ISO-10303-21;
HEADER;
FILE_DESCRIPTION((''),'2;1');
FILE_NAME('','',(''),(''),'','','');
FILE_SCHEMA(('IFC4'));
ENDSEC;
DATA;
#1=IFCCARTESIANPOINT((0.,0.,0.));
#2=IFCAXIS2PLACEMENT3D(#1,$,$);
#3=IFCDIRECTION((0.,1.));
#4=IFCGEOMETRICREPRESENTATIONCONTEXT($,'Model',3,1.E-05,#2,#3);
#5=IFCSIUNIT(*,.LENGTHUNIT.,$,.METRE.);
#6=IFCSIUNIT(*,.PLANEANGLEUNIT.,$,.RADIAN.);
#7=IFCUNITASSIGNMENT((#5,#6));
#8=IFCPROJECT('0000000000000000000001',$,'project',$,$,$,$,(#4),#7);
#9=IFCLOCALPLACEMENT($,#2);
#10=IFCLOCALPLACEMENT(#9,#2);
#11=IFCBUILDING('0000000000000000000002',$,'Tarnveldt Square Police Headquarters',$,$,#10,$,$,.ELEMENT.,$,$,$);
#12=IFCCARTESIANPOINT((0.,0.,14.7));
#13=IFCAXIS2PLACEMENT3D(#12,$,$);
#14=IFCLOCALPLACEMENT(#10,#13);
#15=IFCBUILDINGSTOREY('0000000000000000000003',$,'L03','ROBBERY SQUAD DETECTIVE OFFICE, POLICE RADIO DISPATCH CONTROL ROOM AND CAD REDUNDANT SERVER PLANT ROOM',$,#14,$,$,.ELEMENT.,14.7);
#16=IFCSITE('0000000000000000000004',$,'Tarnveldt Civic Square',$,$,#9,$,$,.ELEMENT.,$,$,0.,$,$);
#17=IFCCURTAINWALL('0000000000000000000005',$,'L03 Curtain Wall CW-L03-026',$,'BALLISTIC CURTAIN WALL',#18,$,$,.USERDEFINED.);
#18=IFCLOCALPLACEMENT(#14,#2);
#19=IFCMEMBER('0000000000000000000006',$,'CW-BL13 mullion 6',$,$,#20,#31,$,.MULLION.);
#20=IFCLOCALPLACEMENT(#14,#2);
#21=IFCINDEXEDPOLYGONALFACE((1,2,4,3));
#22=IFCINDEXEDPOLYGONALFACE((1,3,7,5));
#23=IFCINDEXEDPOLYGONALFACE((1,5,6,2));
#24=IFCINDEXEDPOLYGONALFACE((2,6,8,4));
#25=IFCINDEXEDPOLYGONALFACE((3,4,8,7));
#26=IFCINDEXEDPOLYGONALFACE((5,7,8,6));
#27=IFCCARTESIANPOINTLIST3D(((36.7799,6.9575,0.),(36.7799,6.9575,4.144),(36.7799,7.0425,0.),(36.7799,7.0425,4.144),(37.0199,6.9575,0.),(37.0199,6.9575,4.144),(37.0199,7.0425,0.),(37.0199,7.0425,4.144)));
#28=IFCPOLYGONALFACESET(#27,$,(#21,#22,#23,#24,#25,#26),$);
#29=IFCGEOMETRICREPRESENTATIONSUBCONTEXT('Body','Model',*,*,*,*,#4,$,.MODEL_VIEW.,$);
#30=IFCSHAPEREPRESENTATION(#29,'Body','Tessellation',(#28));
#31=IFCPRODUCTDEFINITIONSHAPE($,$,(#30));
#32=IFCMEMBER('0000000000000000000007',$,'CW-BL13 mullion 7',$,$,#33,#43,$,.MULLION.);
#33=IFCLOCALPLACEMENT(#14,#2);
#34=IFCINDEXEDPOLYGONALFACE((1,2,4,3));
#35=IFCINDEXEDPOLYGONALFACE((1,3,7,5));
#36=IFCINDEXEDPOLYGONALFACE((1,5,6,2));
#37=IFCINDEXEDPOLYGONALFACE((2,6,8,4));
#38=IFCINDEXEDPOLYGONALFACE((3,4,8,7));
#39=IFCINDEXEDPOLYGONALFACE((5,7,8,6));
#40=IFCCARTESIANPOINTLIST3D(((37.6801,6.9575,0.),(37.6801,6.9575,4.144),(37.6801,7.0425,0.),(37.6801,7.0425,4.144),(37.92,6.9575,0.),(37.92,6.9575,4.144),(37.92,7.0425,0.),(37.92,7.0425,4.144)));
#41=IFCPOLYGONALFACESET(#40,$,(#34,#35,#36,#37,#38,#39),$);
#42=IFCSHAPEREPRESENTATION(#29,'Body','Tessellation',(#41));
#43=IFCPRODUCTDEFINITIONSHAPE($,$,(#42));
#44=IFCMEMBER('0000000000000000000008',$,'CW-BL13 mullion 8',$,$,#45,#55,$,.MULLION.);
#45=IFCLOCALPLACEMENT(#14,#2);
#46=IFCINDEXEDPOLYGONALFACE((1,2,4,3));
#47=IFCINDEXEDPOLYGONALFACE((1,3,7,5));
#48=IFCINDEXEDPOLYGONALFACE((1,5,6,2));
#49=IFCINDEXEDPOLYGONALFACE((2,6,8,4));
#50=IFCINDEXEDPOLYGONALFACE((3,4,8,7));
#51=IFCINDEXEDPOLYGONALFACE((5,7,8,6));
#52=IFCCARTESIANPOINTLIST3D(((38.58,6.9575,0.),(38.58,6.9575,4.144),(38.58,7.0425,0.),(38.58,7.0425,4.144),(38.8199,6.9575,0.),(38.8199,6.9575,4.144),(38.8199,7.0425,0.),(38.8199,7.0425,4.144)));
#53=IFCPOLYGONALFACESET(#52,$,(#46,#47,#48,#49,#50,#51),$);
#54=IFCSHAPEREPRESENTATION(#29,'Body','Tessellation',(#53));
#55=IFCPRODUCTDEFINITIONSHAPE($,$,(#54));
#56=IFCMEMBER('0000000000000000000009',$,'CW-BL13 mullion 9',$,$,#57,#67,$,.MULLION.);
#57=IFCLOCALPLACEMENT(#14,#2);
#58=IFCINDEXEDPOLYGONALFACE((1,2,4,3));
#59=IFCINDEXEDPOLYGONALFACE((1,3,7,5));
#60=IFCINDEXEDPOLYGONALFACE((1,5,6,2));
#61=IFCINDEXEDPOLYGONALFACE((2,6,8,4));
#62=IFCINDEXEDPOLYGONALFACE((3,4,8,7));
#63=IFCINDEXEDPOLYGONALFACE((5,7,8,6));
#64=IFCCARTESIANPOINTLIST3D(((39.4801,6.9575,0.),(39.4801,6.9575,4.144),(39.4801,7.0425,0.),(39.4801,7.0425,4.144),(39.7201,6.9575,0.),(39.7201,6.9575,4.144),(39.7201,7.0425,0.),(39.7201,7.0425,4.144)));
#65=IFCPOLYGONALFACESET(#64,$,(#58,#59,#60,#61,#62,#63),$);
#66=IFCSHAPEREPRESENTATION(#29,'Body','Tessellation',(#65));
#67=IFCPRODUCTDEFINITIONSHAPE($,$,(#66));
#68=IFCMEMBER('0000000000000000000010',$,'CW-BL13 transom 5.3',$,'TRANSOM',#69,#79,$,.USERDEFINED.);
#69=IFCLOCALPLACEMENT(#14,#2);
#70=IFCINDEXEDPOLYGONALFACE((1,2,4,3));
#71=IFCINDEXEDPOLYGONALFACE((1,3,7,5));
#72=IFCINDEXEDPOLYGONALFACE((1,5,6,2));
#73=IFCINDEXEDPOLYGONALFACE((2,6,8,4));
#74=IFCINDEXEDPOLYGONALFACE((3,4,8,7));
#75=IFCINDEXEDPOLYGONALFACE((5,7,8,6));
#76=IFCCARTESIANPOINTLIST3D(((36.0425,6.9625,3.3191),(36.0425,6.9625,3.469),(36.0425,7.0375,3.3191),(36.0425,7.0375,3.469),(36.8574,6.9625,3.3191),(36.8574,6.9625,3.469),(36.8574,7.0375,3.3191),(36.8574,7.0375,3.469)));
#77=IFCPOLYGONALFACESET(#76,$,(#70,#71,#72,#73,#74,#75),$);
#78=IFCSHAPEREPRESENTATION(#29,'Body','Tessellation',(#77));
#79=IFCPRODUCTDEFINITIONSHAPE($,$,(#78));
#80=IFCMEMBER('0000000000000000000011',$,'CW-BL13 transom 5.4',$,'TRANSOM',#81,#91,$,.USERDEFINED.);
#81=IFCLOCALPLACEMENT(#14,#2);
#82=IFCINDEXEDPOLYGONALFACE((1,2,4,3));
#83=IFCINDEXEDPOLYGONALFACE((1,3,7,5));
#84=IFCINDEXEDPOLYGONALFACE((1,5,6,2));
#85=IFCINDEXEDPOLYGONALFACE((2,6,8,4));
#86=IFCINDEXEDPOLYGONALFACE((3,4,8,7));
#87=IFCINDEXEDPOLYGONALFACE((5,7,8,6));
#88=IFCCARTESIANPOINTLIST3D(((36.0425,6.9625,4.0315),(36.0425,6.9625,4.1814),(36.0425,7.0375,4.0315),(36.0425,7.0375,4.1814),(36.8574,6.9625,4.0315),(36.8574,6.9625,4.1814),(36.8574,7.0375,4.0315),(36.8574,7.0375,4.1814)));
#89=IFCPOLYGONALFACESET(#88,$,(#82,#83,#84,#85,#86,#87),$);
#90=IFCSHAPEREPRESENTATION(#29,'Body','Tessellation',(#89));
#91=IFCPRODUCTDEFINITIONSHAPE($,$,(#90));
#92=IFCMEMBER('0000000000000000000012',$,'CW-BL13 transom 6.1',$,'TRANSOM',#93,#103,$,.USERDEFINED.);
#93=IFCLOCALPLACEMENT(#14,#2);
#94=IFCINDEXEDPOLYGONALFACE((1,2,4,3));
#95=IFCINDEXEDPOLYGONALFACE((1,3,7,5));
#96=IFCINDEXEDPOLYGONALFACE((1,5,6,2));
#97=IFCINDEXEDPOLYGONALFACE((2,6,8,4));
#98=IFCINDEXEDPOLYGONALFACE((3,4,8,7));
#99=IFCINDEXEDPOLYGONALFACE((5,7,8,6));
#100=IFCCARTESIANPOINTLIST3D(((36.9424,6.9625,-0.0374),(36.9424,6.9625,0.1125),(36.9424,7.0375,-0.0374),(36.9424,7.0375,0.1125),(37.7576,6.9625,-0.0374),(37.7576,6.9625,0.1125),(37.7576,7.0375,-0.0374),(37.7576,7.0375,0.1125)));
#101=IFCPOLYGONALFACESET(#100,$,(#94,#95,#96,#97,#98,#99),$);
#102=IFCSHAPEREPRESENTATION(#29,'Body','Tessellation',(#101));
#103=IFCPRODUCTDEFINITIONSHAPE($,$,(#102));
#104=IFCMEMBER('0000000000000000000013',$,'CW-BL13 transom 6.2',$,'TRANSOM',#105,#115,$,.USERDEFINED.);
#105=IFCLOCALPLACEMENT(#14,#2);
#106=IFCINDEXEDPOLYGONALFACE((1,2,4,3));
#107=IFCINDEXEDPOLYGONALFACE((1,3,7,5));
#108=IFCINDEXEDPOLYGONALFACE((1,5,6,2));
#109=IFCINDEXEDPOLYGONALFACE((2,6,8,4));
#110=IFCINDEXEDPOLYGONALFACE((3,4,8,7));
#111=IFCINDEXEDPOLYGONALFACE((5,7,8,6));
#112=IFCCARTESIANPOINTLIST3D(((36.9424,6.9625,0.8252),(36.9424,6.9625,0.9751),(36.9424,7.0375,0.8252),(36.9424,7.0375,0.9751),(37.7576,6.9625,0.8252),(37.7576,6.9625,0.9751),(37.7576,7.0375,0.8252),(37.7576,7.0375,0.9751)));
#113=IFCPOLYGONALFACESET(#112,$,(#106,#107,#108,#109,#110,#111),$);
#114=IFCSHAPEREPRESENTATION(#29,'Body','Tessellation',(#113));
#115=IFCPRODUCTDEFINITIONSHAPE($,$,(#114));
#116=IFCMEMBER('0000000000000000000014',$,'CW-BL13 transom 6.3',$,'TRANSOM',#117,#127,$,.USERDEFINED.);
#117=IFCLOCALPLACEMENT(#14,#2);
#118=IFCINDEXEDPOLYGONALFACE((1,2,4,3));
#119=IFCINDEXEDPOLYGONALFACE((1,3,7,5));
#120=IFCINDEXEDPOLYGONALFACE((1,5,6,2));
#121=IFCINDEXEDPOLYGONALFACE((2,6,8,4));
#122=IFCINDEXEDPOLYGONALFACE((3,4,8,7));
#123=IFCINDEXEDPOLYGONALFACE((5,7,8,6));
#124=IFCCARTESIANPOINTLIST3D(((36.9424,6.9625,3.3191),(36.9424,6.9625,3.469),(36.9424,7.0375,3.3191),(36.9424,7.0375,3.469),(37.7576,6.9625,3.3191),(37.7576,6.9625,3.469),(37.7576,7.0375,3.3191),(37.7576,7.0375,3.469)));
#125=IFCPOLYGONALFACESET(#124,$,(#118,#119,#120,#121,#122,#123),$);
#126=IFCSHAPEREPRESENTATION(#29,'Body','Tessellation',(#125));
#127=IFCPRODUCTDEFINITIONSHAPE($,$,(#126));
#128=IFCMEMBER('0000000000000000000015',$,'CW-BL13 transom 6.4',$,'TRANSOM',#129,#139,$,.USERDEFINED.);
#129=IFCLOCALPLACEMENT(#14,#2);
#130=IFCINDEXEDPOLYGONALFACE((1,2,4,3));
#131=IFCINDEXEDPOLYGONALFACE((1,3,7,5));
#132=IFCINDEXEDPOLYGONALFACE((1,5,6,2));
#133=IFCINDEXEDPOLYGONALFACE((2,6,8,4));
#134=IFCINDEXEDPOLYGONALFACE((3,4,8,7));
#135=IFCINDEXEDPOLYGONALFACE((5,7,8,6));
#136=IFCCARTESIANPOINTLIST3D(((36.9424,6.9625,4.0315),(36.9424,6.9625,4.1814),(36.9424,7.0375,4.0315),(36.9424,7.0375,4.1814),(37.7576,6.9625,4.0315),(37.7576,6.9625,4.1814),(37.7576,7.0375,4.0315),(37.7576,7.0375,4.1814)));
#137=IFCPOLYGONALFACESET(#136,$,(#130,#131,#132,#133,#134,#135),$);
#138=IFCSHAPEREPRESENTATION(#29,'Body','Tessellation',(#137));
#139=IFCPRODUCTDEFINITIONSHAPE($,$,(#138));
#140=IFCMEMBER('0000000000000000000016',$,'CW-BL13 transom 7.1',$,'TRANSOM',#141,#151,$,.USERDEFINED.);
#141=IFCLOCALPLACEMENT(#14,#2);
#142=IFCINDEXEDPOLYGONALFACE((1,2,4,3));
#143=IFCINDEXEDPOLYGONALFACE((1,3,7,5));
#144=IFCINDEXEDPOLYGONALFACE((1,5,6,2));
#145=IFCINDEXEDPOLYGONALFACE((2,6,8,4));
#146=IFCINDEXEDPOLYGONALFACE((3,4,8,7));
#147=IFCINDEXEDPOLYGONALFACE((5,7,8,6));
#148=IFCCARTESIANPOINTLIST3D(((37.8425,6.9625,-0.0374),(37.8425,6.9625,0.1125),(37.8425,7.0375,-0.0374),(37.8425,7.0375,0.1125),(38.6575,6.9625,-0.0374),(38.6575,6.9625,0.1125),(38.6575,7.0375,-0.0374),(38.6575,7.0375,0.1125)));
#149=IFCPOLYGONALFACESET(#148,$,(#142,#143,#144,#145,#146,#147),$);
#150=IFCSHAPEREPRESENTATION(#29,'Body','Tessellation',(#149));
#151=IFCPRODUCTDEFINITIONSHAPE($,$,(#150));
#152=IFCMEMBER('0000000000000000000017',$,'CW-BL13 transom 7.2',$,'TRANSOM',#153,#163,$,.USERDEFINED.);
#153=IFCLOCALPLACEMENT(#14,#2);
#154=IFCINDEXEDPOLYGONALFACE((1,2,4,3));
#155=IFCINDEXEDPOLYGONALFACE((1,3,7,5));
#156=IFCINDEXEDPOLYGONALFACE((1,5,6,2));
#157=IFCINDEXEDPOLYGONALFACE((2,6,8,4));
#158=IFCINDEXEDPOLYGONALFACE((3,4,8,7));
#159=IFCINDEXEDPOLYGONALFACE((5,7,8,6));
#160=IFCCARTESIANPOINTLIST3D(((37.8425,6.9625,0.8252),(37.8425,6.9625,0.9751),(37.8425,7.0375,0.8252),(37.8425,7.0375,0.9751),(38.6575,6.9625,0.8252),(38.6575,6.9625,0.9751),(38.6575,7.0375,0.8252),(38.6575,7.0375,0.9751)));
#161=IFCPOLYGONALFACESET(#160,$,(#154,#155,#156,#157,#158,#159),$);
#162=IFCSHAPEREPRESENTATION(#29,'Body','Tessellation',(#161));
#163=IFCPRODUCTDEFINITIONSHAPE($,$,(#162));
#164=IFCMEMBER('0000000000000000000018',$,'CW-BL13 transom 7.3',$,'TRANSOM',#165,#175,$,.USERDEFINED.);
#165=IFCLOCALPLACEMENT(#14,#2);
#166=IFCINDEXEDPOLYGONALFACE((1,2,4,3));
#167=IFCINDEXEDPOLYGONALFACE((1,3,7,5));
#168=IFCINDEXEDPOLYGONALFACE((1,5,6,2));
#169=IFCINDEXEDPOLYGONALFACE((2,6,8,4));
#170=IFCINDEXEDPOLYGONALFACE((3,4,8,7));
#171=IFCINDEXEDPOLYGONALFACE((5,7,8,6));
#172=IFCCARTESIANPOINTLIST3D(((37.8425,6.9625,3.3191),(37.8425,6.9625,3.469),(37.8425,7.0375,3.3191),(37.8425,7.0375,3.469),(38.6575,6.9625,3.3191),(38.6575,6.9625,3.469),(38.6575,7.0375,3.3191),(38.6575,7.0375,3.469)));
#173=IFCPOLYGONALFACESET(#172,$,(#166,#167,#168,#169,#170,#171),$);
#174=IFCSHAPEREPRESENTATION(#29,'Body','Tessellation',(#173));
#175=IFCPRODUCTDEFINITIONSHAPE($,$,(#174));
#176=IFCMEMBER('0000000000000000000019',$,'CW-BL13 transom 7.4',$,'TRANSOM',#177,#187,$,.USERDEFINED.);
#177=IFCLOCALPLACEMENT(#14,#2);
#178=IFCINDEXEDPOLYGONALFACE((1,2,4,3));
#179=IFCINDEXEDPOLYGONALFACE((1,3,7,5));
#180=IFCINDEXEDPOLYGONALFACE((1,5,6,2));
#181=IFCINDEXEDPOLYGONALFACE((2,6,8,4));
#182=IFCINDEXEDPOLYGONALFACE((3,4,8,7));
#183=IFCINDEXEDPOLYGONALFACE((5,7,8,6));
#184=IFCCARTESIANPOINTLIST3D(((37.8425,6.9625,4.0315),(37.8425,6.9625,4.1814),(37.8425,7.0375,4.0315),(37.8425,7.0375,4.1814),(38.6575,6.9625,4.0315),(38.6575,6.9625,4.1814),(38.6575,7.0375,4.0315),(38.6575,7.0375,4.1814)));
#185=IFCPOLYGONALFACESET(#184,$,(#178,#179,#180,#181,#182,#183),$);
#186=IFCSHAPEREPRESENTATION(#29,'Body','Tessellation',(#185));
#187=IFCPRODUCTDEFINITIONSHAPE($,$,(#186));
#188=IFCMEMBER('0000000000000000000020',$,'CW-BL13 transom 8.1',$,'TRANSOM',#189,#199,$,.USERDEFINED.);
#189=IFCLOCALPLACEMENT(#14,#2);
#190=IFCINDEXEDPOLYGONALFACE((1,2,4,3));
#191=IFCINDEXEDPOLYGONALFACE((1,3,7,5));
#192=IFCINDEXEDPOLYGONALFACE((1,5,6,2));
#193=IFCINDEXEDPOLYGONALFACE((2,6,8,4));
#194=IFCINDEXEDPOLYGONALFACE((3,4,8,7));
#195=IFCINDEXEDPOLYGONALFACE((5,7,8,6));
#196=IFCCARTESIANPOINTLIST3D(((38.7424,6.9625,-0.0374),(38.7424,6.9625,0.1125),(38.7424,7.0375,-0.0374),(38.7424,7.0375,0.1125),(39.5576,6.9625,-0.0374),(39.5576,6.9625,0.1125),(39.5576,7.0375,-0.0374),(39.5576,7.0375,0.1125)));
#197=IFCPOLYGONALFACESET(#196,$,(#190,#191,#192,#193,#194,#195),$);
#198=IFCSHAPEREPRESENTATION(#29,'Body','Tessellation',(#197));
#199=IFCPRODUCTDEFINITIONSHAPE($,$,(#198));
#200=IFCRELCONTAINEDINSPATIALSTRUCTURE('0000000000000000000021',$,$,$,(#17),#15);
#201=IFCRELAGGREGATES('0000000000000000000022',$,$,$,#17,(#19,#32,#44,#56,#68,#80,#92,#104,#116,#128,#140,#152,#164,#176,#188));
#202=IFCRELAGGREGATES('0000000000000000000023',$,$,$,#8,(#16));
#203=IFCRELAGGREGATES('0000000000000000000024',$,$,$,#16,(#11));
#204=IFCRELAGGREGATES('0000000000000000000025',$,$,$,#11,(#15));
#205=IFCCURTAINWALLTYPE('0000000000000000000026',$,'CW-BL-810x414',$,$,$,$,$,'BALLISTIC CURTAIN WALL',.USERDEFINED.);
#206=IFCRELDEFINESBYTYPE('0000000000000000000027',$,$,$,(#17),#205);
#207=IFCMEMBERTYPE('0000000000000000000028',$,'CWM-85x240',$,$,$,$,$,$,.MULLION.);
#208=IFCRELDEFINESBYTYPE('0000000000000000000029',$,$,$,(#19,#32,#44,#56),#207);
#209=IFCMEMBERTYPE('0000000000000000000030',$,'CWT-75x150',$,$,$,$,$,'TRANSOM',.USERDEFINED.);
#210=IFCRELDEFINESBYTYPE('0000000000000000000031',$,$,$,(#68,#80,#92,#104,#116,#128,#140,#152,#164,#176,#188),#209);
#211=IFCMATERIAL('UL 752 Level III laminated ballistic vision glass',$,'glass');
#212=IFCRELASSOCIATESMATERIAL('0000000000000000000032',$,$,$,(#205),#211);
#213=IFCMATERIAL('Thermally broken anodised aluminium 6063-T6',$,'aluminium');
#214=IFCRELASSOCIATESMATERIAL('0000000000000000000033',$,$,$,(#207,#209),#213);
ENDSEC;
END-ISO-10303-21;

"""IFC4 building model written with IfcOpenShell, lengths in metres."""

from ifc_helpers import new_model, si_unit, direction, frame, origin, origin_2d, place, context, subcontext, project, spatial, rectangle, extrude, material, material_profile, profile_set, type_object, element, aggregate, save


model = new_model("IFC4")

# Units and contexts
model_context = context("Model", 3, precision=1e-05, world=origin(), true_north=direction((0.0, 1.0)))
body_context = subcontext(model_context, "Body", "Model", "MODEL_VIEW")
ifc_project = project(units=[si_unit("LENGTHUNIT", "METRE"), si_unit("PLANEANGLEUNIT", "RADIAN")], contexts=[model_context])

# Site, building, storey
site_placement = place(None, origin())
site = spatial("IfcSite", under=ifc_project, at=site_placement, Name="Tarnveldt Civic Square", CompositionType="ELEMENT", RefElevation=0.0)
building_placement = place(site_placement, origin())
building = spatial("IfcBuilding", under=site, at=building_placement, Name="Tarnveldt Square Police Headquarters", CompositionType="ELEMENT")
storey_placement = place(building_placement, frame((0.0, 0.0, 14.7)))
storey = spatial("IfcBuildingStorey", under=building, at=storey_placement, Name="L03", Description="ROBBERY SQUAD DETECTIVE OFFICE, POLICE RADIO DISPATCH CONTROL ROOM AND CAD REDUNDANT SERVER PLANT ROOM", CompositionType="ELEMENT", Elevation=14.7)

# Curtain wall, members
ifc_material_1 = material(Name="UL 752 Level III laminated ballistic vision glass", Category="glass")
curtain_wall_type = type_object("IfcCurtainWallType", Name="CW-BL-810x414", ElementType="BALLISTIC CURTAIN WALL", PredefinedType="USERDEFINED", material=ifc_material_1)
curtain_wall_placement = place(storey_placement, origin())
curtain_wall = element("IfcCurtainWall", 1, at=curtain_wall_placement, inside=storey, type_object=curtain_wall_type, Name="L03 Curtain Wall CW-L03-026", ObjectType="BALLISTIC CURTAIN WALL", PredefinedType="USERDEFINED")
ifc_material_2 = material(Name="Thermally broken anodised aluminium 6063-T6", Category="aluminium")
ifc_material_profile_1 = material_profile(ifc_material_2, rectangle(XDim=0.085, YDim=0.24, at=origin_2d()), Name="CW-M85x240")
ifc_profile_set_1 = profile_set([ifc_material_profile_1], Name="Thermally broken anodised aluminium 6063-T6")
member_type_1 = type_object("IfcMemberType", Name="CWM-85x240", PredefinedType="MULLION", material=ifc_profile_set_1)
member_1_placement = place(storey_placement, frame((36.8999, 7.0, 0.0), z_axis=(0.0, 0.0, 1.0), x_axis=(0.0, 1.0, 0.0)))
member_1 = element("IfcMember", 2, at=member_1_placement, type_object=member_type_1, Name="CW-BL13 mullion 6", PredefinedType="MULLION", context=body_context, shape_type="SweptSolid", body=[
    extrude(rectangle(XDim=0.085, YDim=0.24, at=origin_2d()), origin(), (0.0, 0.0, 1.0), 4.144),
])
member_2_placement = place(storey_placement, frame((37.8, 7.0, 0.0), z_axis=(0.0, 0.0, 1.0), x_axis=(0.0, 1.0, 0.0)))
member_2 = element("IfcMember", 3, at=member_2_placement, type_object=member_type_1, Name="CW-BL13 mullion 7", PredefinedType="MULLION", context=body_context, shape_type="SweptSolid", body=[
    extrude(rectangle(XDim=0.085, YDim=0.24, at=origin_2d()), origin(), (0.0, 0.0, 1.0), 4.144),
])
member_3_placement = place(storey_placement, frame((38.7, 7.0, 0.0), z_axis=(0.0, 0.0, 1.0), x_axis=(0.0, 1.0, 0.0)))
member_3 = element("IfcMember", 4, at=member_3_placement, type_object=member_type_1, Name="CW-BL13 mullion 8", PredefinedType="MULLION", context=body_context, shape_type="SweptSolid", body=[
    extrude(rectangle(XDim=0.085, YDim=0.24, at=origin_2d()), origin(), (0.0, 0.0, 1.0), 4.144),
])
member_4_placement = place(storey_placement, frame((39.6001, 7.0, 0.0), z_axis=(0.0, 0.0, 1.0), x_axis=(0.0, 1.0, 0.0)))
member_4 = element("IfcMember", 5, at=member_4_placement, type_object=member_type_1, Name="CW-BL13 mullion 9", PredefinedType="MULLION", context=body_context, shape_type="SweptSolid", body=[
    extrude(rectangle(XDim=0.085, YDim=0.24, at=origin_2d()), origin(), (0.0, 0.0, 1.0), 4.144),
])
ifc_material_profile_2 = material_profile(ifc_material_2, rectangle(XDim=0.075, YDim=0.1499, at=origin_2d()), Name="CW-T75x150")
ifc_profile_set_2 = profile_set([ifc_material_profile_2], Name="Thermally broken anodised aluminium 6063-T6")
member_type_2 = type_object("IfcMemberType", Name="CWT-75x150", ElementType="TRANSOM", PredefinedType="USERDEFINED", material=ifc_profile_set_2)
member_5_placement = place(storey_placement, frame((36.0425, 7.0, 3.394), z_axis=(1.0, 0.0, 0.0), x_axis=(0.0, 1.0, 0.0)))
member_5 = element("IfcMember", 6, at=member_5_placement, type_object=member_type_2, Name="CW-BL13 transom 5.3", ObjectType="TRANSOM", PredefinedType="USERDEFINED", context=body_context, shape_type="SweptSolid", body=[
    extrude(rectangle(XDim=0.075, YDim=0.1499, at=origin_2d()), origin(), (0.0, 0.0, 1.0), 0.8149),
])
member_6_placement = place(storey_placement, frame((36.0425, 7.0, 4.1064), z_axis=(1.0, 0.0, 0.0), x_axis=(0.0, 1.0, 0.0)))
member_6 = element("IfcMember", 7, at=member_6_placement, type_object=member_type_2, Name="CW-BL13 transom 5.4", ObjectType="TRANSOM", PredefinedType="USERDEFINED", context=body_context, shape_type="SweptSolid", body=[
    extrude(rectangle(XDim=0.075, YDim=0.1499, at=origin_2d()), origin(), (0.0, 0.0, 1.0), 0.8149),
])
member_7_placement = place(storey_placement, frame((36.9424, 7.0, 0.0376), z_axis=(1.0, 0.0, 0.0), x_axis=(0.0, 1.0, 0.0)))
member_7 = element("IfcMember", 8, at=member_7_placement, type_object=member_type_2, Name="CW-BL13 transom 6.1", ObjectType="TRANSOM", PredefinedType="USERDEFINED", context=body_context, shape_type="SweptSolid", body=[
    extrude(rectangle(XDim=0.075, YDim=0.1499, at=origin_2d()), origin(), (0.0, 0.0, 1.0), 0.8152),
])
member_8_placement = place(storey_placement, frame((36.9424, 7.0, 0.9001), z_axis=(1.0, 0.0, 0.0), x_axis=(0.0, 1.0, 0.0)))
member_8 = element("IfcMember", 9, at=member_8_placement, type_object=member_type_2, Name="CW-BL13 transom 6.2", ObjectType="TRANSOM", PredefinedType="USERDEFINED", context=body_context, shape_type="SweptSolid", body=[
    extrude(rectangle(XDim=0.075, YDim=0.1499, at=origin_2d()), origin(), (0.0, 0.0, 1.0), 0.8152),
])
member_9_placement = place(storey_placement, frame((36.9424, 7.0, 3.394), z_axis=(1.0, 0.0, 0.0), x_axis=(0.0, 1.0, 0.0)))
member_9 = element("IfcMember", 10, at=member_9_placement, type_object=member_type_2, Name="CW-BL13 transom 6.3", ObjectType="TRANSOM", PredefinedType="USERDEFINED", context=body_context, shape_type="SweptSolid", body=[
    extrude(rectangle(XDim=0.075, YDim=0.1499, at=origin_2d()), origin(), (0.0, 0.0, 1.0), 0.8152),
])
member_10_placement = place(storey_placement, frame((36.9424, 7.0, 4.1064), z_axis=(1.0, 0.0, 0.0), x_axis=(0.0, 1.0, 0.0)))
member_10 = element("IfcMember", 11, at=member_10_placement, type_object=member_type_2, Name="CW-BL13 transom 6.4", ObjectType="TRANSOM", PredefinedType="USERDEFINED", context=body_context, shape_type="SweptSolid", body=[
    extrude(rectangle(XDim=0.075, YDim=0.1499, at=origin_2d()), origin(), (0.0, 0.0, 1.0), 0.8152),
])
member_11_placement = place(storey_placement, frame((37.8425, 7.0, 0.0376), z_axis=(1.0, 0.0, 0.0), x_axis=(0.0, 1.0, 0.0)))
member_11 = element("IfcMember", 12, at=member_11_placement, type_object=member_type_2, Name="CW-BL13 transom 7.1", ObjectType="TRANSOM", PredefinedType="USERDEFINED", context=body_context, shape_type="SweptSolid", body=[
    extrude(rectangle(XDim=0.075, YDim=0.1499, at=origin_2d()), origin(), (0.0, 0.0, 1.0), 0.8149),
])
member_12_placement = place(storey_placement, frame((37.8425, 7.0, 0.9001), z_axis=(1.0, 0.0, 0.0), x_axis=(0.0, 1.0, 0.0)))
member_12 = element("IfcMember", 13, at=member_12_placement, type_object=member_type_2, Name="CW-BL13 transom 7.2", ObjectType="TRANSOM", PredefinedType="USERDEFINED", context=body_context, shape_type="SweptSolid", body=[
    extrude(rectangle(XDim=0.075, YDim=0.1499, at=origin_2d()), origin(), (0.0, 0.0, 1.0), 0.8149),
])
member_13_placement = place(storey_placement, frame((37.8425, 7.0, 3.394), z_axis=(1.0, 0.0, 0.0), x_axis=(0.0, 1.0, 0.0)))
member_13 = element("IfcMember", 14, at=member_13_placement, type_object=member_type_2, Name="CW-BL13 transom 7.3", ObjectType="TRANSOM", PredefinedType="USERDEFINED", context=body_context, shape_type="SweptSolid", body=[
    extrude(rectangle(XDim=0.075, YDim=0.1499, at=origin_2d()), origin(), (0.0, 0.0, 1.0), 0.8149),
])
member_14_placement = place(storey_placement, frame((37.8425, 7.0, 4.1064), z_axis=(1.0, 0.0, 0.0), x_axis=(0.0, 1.0, 0.0)))
member_14 = element("IfcMember", 15, at=member_14_placement, type_object=member_type_2, Name="CW-BL13 transom 7.4", ObjectType="TRANSOM", PredefinedType="USERDEFINED", context=body_context, shape_type="SweptSolid", body=[
    extrude(rectangle(XDim=0.075, YDim=0.1499, at=origin_2d()), origin(), (0.0, 0.0, 1.0), 0.8149),
])
member_15_placement = place(storey_placement, frame((38.7424, 7.0, 0.0376), z_axis=(1.0, 0.0, 0.0), x_axis=(0.0, 1.0, 0.0)))
member_15 = element("IfcMember", 16, at=member_15_placement, type_object=member_type_2, Name="CW-BL13 transom 8.1", ObjectType="TRANSOM", PredefinedType="USERDEFINED", context=body_context, shape_type="SweptSolid", body=[
    extrude(rectangle(XDim=0.075, YDim=0.1499, at=origin_2d()), origin(), (0.0, 0.0, 1.0), 0.8152),
])
aggregate(curtain_wall, [member_1, member_2, member_3, member_4, member_5, member_6, member_7, member_8, member_9, member_10, member_11, member_12, member_13, member_14, member_15])

save(model, "model.ifc")
